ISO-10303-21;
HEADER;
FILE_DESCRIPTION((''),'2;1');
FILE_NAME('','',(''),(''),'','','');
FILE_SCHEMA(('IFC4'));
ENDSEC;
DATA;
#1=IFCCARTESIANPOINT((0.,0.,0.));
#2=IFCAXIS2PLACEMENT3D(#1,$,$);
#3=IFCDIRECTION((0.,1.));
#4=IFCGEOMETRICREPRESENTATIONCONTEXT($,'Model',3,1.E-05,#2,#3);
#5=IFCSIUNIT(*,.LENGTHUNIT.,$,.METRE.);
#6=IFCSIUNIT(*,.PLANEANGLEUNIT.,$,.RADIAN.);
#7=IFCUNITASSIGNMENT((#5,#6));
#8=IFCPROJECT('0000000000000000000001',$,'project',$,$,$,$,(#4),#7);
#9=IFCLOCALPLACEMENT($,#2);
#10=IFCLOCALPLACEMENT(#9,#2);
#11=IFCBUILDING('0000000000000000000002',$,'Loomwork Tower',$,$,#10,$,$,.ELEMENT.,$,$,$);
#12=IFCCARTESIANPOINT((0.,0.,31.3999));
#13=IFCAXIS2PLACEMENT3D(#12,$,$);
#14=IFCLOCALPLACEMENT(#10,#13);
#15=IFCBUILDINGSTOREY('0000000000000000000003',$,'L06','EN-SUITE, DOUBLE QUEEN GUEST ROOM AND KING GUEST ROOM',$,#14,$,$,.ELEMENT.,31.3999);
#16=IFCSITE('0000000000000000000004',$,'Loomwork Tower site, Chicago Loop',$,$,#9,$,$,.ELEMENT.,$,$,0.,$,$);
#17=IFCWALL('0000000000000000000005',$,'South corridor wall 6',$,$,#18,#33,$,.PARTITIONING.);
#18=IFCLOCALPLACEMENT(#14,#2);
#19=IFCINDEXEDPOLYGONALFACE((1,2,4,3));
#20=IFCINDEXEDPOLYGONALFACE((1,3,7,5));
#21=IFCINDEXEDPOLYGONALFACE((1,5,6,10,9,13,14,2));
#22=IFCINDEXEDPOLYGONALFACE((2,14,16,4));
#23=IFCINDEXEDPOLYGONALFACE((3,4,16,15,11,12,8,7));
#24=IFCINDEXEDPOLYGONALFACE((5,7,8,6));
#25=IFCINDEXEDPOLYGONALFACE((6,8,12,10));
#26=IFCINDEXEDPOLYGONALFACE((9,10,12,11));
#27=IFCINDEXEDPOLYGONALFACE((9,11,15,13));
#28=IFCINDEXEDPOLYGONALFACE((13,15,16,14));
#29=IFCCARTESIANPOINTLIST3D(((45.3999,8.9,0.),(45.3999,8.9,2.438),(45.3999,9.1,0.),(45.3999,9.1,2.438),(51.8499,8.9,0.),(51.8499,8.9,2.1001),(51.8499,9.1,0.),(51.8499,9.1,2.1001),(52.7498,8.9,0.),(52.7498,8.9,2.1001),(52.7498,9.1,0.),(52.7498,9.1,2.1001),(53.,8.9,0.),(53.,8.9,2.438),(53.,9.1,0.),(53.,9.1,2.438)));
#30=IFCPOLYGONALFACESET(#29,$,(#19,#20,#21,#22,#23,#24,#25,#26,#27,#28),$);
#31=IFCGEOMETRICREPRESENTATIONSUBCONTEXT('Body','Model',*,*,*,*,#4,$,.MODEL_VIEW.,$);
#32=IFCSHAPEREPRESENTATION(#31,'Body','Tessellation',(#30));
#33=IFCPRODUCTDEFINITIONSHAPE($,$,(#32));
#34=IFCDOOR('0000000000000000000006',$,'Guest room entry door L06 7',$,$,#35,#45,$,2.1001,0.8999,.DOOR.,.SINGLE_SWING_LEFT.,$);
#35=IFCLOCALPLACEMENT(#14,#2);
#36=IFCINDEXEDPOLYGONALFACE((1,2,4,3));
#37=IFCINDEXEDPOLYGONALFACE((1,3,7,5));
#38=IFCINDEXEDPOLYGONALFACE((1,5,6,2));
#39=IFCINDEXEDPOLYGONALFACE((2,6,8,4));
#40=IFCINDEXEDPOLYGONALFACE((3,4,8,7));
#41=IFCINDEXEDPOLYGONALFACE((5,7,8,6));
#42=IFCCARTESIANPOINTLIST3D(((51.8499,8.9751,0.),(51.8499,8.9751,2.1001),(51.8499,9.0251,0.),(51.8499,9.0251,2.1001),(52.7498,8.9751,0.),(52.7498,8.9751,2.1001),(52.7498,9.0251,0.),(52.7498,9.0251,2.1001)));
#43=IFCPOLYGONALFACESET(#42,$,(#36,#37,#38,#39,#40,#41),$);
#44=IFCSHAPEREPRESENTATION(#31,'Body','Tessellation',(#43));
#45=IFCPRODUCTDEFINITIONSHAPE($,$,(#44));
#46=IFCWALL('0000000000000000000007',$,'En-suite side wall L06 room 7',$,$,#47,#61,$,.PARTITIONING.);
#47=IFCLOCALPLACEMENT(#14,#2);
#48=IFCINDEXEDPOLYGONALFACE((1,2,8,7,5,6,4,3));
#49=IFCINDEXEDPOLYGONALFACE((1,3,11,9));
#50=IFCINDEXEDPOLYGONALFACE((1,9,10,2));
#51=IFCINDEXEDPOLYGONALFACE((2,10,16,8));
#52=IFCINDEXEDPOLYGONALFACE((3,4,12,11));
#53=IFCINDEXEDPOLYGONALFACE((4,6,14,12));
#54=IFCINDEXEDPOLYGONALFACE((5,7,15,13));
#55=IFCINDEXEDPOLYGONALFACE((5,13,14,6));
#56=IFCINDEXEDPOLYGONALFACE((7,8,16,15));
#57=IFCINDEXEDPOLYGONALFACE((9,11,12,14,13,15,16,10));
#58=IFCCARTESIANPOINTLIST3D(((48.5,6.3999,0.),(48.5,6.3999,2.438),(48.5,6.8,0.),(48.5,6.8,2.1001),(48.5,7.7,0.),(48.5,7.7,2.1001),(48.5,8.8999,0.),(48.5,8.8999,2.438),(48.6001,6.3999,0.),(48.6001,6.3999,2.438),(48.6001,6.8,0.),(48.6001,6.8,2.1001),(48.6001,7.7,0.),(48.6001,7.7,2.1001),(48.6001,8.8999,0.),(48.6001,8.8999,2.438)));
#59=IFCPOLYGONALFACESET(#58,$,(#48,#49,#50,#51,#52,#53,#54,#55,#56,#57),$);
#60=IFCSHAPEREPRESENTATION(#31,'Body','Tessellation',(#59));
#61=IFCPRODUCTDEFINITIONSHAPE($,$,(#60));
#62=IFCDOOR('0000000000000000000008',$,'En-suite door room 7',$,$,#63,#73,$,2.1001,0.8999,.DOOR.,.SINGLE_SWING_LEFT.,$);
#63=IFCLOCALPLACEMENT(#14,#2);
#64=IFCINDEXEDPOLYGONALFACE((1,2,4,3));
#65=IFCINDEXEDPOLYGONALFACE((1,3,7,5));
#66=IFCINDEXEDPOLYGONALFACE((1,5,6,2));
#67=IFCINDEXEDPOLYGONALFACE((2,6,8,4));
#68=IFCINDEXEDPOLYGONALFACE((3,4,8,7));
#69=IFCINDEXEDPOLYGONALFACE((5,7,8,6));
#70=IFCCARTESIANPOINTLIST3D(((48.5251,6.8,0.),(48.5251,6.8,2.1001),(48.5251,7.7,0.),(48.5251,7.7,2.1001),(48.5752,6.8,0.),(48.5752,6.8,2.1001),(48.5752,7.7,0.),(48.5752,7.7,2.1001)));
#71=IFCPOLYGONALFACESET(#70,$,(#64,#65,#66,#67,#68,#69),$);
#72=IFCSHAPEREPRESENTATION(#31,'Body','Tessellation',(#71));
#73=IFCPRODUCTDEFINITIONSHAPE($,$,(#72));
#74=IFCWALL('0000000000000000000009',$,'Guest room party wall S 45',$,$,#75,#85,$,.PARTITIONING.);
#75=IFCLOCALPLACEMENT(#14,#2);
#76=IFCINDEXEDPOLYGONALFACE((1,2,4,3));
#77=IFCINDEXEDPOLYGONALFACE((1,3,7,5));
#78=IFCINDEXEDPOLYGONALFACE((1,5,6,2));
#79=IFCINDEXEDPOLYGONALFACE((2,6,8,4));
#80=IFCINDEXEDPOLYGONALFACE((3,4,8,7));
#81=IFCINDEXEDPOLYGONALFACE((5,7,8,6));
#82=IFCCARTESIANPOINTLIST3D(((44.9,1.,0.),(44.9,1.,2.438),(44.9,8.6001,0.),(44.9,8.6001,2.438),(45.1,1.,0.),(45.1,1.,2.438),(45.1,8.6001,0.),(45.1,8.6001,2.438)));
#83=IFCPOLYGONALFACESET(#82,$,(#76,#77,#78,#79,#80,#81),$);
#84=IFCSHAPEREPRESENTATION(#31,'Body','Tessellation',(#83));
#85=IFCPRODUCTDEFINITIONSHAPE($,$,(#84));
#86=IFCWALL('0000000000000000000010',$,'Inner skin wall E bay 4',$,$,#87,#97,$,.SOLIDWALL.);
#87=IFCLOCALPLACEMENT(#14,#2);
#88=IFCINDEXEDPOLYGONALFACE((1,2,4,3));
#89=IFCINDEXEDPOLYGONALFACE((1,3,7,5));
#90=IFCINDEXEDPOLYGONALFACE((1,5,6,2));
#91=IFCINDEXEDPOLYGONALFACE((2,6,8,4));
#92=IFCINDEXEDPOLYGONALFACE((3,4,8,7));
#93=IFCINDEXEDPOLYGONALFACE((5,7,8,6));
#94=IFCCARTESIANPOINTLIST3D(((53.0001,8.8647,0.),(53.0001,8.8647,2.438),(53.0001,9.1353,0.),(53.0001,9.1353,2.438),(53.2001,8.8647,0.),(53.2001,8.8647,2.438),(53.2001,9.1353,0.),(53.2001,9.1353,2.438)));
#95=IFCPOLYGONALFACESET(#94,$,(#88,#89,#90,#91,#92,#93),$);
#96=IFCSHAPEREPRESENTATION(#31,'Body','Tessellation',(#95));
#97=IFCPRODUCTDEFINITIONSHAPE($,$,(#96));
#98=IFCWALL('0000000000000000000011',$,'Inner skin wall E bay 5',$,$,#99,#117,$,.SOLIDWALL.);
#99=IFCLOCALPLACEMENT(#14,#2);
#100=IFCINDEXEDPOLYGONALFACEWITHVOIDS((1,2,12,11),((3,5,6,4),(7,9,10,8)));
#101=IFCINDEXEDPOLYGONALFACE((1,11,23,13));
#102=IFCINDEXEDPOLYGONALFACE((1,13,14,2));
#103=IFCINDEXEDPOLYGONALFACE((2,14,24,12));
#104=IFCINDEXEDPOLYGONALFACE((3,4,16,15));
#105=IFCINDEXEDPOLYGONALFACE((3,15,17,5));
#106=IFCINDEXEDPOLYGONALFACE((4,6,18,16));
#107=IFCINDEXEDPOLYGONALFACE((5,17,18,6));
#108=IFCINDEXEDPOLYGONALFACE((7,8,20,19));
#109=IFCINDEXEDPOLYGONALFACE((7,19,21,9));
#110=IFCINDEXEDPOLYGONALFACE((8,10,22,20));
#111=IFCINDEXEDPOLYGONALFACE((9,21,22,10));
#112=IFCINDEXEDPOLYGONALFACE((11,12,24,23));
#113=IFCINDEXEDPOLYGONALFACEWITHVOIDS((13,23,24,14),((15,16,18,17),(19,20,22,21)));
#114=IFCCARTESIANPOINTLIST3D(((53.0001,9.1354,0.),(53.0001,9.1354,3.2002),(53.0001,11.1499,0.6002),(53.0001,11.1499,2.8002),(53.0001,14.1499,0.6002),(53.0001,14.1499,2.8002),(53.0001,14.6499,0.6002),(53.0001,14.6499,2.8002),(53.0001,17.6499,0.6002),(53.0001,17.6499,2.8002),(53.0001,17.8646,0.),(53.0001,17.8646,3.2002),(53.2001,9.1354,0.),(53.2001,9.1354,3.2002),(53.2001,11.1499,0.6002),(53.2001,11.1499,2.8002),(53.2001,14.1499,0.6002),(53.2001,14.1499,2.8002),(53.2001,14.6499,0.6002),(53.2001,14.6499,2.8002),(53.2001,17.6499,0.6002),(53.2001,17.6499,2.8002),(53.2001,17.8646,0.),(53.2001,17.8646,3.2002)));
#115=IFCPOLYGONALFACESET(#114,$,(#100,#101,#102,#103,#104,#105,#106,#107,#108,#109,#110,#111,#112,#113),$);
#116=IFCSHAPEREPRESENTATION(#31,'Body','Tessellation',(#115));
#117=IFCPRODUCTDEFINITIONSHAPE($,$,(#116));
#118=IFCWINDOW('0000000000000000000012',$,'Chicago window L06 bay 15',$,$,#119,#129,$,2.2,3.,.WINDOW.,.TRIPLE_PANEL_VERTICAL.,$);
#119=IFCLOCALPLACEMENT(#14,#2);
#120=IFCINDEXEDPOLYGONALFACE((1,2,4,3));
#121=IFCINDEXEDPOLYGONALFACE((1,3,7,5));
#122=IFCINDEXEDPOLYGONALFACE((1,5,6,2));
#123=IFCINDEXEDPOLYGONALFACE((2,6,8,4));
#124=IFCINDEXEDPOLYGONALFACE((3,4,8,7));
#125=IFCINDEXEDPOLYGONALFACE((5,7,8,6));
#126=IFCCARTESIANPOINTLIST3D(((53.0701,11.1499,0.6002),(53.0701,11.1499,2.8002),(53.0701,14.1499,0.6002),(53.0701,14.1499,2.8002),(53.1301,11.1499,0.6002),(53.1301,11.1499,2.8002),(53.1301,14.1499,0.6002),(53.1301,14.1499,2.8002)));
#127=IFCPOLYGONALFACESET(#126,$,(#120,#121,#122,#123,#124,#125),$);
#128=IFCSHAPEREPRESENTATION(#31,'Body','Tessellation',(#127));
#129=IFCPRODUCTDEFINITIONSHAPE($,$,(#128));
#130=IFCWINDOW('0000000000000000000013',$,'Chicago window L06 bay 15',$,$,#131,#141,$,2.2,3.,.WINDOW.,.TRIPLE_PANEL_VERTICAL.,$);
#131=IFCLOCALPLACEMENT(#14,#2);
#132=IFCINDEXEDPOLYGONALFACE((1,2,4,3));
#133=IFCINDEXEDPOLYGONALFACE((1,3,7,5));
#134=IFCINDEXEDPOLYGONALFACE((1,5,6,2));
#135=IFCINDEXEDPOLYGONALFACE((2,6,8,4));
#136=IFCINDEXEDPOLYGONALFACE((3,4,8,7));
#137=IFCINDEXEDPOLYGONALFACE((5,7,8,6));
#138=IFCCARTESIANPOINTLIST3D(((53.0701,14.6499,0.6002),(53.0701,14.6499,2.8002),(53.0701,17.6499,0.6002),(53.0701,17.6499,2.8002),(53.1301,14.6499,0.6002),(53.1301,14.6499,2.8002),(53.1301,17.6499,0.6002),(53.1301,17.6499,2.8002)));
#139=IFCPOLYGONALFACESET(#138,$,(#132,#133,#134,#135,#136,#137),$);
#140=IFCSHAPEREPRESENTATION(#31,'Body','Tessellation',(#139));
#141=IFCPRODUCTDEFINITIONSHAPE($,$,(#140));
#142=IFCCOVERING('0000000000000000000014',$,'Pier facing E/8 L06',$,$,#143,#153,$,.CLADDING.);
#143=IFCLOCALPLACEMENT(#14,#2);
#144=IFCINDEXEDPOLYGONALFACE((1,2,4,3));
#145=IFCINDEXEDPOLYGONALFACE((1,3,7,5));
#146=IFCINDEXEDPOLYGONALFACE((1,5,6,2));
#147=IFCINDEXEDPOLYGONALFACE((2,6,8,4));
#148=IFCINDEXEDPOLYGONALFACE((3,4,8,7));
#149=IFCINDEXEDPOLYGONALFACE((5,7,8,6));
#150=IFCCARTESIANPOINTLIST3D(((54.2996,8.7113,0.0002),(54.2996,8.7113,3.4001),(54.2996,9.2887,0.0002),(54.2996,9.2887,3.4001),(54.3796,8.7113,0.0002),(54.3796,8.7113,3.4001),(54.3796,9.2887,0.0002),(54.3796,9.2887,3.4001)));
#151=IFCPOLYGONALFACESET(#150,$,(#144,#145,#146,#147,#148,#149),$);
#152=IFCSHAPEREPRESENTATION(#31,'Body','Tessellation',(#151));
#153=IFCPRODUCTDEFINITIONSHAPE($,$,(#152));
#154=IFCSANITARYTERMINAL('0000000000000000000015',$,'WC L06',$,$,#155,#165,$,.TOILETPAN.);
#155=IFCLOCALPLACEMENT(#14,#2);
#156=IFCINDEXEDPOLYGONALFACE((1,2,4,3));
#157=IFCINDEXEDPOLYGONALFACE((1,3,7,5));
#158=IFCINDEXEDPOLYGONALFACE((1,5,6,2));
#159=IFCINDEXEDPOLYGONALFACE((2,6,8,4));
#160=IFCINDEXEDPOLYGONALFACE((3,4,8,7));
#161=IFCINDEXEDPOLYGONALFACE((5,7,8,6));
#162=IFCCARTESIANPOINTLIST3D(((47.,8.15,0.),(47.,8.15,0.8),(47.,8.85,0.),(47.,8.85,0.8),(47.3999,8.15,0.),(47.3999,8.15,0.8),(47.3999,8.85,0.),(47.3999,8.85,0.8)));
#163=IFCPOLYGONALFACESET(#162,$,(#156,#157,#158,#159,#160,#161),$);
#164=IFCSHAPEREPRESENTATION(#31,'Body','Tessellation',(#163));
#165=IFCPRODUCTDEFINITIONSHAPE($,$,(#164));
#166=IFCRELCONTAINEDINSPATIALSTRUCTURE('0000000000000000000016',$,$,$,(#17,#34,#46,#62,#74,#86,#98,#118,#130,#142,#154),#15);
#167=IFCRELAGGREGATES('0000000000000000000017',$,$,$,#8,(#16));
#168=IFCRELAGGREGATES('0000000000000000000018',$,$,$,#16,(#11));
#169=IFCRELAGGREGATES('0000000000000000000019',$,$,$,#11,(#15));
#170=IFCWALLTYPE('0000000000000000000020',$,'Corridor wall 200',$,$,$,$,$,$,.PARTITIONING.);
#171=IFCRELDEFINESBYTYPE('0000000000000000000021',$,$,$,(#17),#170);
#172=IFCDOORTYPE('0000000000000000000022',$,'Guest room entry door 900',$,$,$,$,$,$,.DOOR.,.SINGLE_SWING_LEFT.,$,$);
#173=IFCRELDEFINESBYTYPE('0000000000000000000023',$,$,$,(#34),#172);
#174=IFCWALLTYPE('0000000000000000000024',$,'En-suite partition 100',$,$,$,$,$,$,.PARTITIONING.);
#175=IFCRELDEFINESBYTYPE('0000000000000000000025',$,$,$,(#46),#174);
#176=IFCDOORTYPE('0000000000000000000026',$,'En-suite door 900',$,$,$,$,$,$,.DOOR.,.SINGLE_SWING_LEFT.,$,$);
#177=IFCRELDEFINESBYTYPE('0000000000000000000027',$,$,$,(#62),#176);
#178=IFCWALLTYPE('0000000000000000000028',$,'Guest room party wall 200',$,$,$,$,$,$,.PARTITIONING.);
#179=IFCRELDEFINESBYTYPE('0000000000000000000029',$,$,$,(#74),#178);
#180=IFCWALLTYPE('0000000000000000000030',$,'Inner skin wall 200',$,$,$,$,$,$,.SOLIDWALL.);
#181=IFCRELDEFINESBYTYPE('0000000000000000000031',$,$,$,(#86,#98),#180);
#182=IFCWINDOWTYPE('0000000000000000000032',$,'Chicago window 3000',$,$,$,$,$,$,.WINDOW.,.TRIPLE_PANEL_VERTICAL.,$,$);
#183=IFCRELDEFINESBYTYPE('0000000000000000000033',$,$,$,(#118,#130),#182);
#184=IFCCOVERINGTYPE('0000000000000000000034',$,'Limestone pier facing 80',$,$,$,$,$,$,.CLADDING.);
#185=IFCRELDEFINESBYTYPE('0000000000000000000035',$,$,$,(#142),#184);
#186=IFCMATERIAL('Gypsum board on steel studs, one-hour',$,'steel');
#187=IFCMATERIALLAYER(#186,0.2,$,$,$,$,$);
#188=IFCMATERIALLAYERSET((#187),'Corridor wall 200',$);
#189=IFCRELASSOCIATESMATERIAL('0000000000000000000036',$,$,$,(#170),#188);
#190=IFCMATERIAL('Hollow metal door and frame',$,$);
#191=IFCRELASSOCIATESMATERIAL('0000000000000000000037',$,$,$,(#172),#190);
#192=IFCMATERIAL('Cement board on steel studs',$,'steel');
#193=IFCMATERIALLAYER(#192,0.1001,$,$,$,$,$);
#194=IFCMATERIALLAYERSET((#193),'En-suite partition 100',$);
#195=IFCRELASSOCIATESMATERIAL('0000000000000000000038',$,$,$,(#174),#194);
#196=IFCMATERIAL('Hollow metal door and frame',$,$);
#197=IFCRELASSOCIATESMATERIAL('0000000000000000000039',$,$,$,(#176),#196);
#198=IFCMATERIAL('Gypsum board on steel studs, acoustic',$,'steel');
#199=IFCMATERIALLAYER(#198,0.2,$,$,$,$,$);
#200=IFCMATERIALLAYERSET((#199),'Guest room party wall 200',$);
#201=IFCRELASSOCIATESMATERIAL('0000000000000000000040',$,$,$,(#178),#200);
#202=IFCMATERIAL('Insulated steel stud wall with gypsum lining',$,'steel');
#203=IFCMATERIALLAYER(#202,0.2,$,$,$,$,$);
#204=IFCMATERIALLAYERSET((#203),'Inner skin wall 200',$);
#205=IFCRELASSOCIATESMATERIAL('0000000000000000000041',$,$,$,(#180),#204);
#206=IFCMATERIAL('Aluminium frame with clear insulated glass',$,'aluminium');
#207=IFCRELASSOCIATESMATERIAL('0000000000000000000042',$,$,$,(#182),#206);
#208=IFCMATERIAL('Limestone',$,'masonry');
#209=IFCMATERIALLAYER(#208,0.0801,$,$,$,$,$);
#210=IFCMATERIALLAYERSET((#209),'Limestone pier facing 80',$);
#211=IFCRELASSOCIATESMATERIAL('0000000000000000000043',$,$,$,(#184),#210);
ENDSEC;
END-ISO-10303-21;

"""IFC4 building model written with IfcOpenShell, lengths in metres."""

from ifc_helpers import new_model, si_unit, direction, frame, frame_2d, origin, origin_2d, place, context, subcontext, project, spatial, rectangle, extrude, material, layer, layer_set, type_object, element, fill, save


model = new_model("IFC4")

# Units and contexts
model_context = context("Model", 3, precision=1e-05, world=origin(), true_north=direction((0.0, 1.0)))
body_context = subcontext(model_context, "Body", "Model", "MODEL_VIEW")
ifc_project = project(units=[si_unit("LENGTHUNIT", "METRE"), si_unit("PLANEANGLEUNIT", "RADIAN")], contexts=[model_context])

# Site, building, storey
site_placement = place(None, origin())
site = spatial("IfcSite", under=ifc_project, at=site_placement, Name="Loomwork Tower site, Chicago Loop", CompositionType="ELEMENT", RefElevation=0.0)
building_placement = place(site_placement, origin())
building = spatial("IfcBuilding", under=site, at=building_placement, Name="Loomwork Tower", CompositionType="ELEMENT")
storey_placement = place(building_placement, frame((0.0, 0.0, 31.3999)))
storey = spatial("IfcBuildingStorey", under=building, at=storey_placement, Name="L06", Description="EN-SUITE, DOUBLE QUEEN GUEST ROOM AND KING GUEST ROOM", CompositionType="ELEMENT", Elevation=31.3999)

# Walls, openings, doors
ifc_material_1 = material(Name="Gypsum board on steel studs, one-hour", Category="steel")
ifc_layer_1 = layer(ifc_material_1, 0.2)
ifc_layer_set_1 = layer_set([ifc_layer_1], Name="Corridor wall 200")
wall_type_1 = type_object("IfcWallType", Name="Corridor wall 200", PredefinedType="PARTITIONING", material=ifc_layer_set_1)
wall_1_placement = place(storey_placement, frame((45.3999, 9.0, 0.0), z_axis=(0.0, 0.0, 1.0), x_axis=(1.0, 0.0, 0.0)))
wall_1 = element("IfcWall", 1, at=wall_1_placement, inside=storey, type_object=wall_type_1, Name="South corridor wall 6", PredefinedType="PARTITIONING", context=body_context, shape_type="SweptSolid", body=[
    extrude(rectangle(XDim=7.6001, YDim=0.2, at=frame_2d((3.8, 0.0))), origin(), (0.0, 0.0, 1.0), 2.438),
])
opening_1_placement = place(wall_1_placement, frame((6.45, 0.0, 0.0)))
opening_1 = element("IfcOpeningElement", 2, at=opening_1_placement, cuts=wall_1, PredefinedType="OPENING", context=body_context, shape_type="SweptSolid", body=[
    extrude(rectangle(XDim=0.8999, YDim=2.1001, at=frame_2d((0.45, 1.05))), frame((0.0, 0.1099, 0.0), z_axis=(0.0, -1.0, 0.0), x_axis=(1.0, 0.0, 0.0)), (0.0, 0.0, 1.0), 0.22),
])
ifc_material_2 = material(Name="Hollow metal door and frame")
door_type_1 = type_object("IfcDoorType", Name="Guest room entry door 900", OperationType="SINGLE_SWING_LEFT", PredefinedType="DOOR", material=ifc_material_2)
door_1_placement = place(opening_1_placement, frame((0.8999, 0.0, 0.0), z_axis=(0.0, 0.0, 1.0), x_axis=(-1.0, 0.0, 0.0)))
door_1 = element("IfcDoor", 3, at=door_1_placement, inside=storey, type_object=door_type_1, Name="Guest room entry door L06 7", OperationType="SINGLE_SWING_LEFT", OverallHeight=2.1001, OverallWidth=0.8999, PredefinedType="DOOR", context=body_context, shape_type="SweptSolid", body=[
    extrude(rectangle(XDim=0.8999, YDim=2.1001, at=frame_2d((0.45, 1.05))), frame((0.0, 0.0249, 0.0), z_axis=(0.0, -1.0, 0.0), x_axis=(1.0, 0.0, 0.0)), (0.0, 0.0, 1.0), 0.05),
])
fill(opening_1, door_1)
ifc_material_3 = material(Name="Cement board on steel studs", Category="steel")
ifc_layer_2 = layer(ifc_material_3, 0.1001)
ifc_layer_set_2 = layer_set([ifc_layer_2], Name="En-suite partition 100")
wall_type_2 = type_object("IfcWallType", Name="En-suite partition 100", PredefinedType="PARTITIONING", material=ifc_layer_set_2)
wall_2_placement = place(storey_placement, frame((48.55, 8.8999, 0.0), z_axis=(0.0, 0.0, 1.0), x_axis=(0.0, -1.0, 0.0)))
wall_2 = element("IfcWall", 4, at=wall_2_placement, inside=storey, type_object=wall_type_2, Name="En-suite side wall L06 room 7", PredefinedType="PARTITIONING", context=body_context, shape_type="SweptSolid", body=[
    extrude(rectangle(XDim=2.5, YDim=0.1001, at=frame_2d((1.25, 0.0))), origin(), (0.0, 0.0, 1.0), 2.438),
])
opening_2_placement = place(wall_2_placement, frame((1.2, 0.0, 0.0)))
opening_2 = element("IfcOpeningElement", 5, at=opening_2_placement, cuts=wall_2, PredefinedType="OPENING", context=body_context, shape_type="SweptSolid", body=[
    extrude(rectangle(XDim=0.8999, YDim=2.1001, at=frame_2d((0.45, 1.05))), frame((0.0, 0.0601, 0.0), z_axis=(0.0, -1.0, 0.0), x_axis=(1.0, 0.0, 0.0)), (0.0, 0.0, 1.0), 0.1201),
])
ifc_material_4 = material(Name="Hollow metal door and frame")
door_type_2 = type_object("IfcDoorType", Name="En-suite door 900", OperationType="SINGLE_SWING_LEFT", PredefinedType="DOOR", material=ifc_material_4)
door_2_placement = place(opening_2_placement, frame((0.8999, 0.0, 0.0), z_axis=(0.0, 0.0, 1.0), x_axis=(-1.0, 0.0, 0.0)))
door_2 = element("IfcDoor", 6, at=door_2_placement, inside=storey, type_object=door_type_2, Name="En-suite door room 7", OperationType="SINGLE_SWING_LEFT", OverallHeight=2.1001, OverallWidth=0.8999, PredefinedType="DOOR", context=body_context, shape_type="SweptSolid", body=[
    extrude(rectangle(XDim=0.8999, YDim=2.1001, at=frame_2d((0.45, 1.05))), frame((0.0, 0.0249, 0.0), z_axis=(0.0, -1.0, 0.0), x_axis=(1.0, 0.0, 0.0)), (0.0, 0.0, 1.0), 0.05),
])
fill(opening_2, door_2)

# Walls
ifc_material_5 = material(Name="Gypsum board on steel studs, acoustic", Category="steel")
ifc_layer_3 = layer(ifc_material_5, 0.2)
ifc_layer_set_3 = layer_set([ifc_layer_3], Name="Guest room party wall 200")
wall_type_3 = type_object("IfcWallType", Name="Guest room party wall 200", PredefinedType="PARTITIONING", material=ifc_layer_set_3)
wall_3_placement = place(storey_placement, frame((45.0, 8.6001, 0.0), z_axis=(0.0, 0.0, 1.0), x_axis=(0.0, -1.0, 0.0)))
element("IfcWall", 7, at=wall_3_placement, inside=storey, type_object=wall_type_3, Name="Guest room party wall S 45", PredefinedType="PARTITIONING", context=body_context, shape_type="SweptSolid", body=[
    extrude(rectangle(XDim=7.6001, YDim=0.2, at=frame_2d((3.8, 0.0))), origin(), (0.0, 0.0, 1.0), 2.438),
])
ifc_material_6 = material(Name="Insulated steel stud wall with gypsum lining", Category="steel")
ifc_layer_4 = layer(ifc_material_6, 0.2)
ifc_layer_set_4 = layer_set([ifc_layer_4], Name="Inner skin wall 200")
wall_type_4 = type_object("IfcWallType", Name="Inner skin wall 200", PredefinedType="SOLIDWALL", material=ifc_layer_set_4)
wall_4_placement = place(storey_placement, frame((53.1001, 8.8647, 0.0), z_axis=(0.0, 0.0, 1.0), x_axis=(0.0, 1.0, 0.0)))
element("IfcWall", 8, at=wall_4_placement, inside=storey, type_object=wall_type_4, Name="Inner skin wall E bay 4", PredefinedType="SOLIDWALL", context=body_context, shape_type="SweptSolid", body=[
    extrude(rectangle(XDim=0.2705, YDim=0.2, at=frame_2d((0.1353, 0.0))), origin(), (0.0, 0.0, 1.0), 2.438),
])

# Wall, openings, windows
wall_5_placement = place(storey_placement, frame((53.1001, 9.1353, 0.0), z_axis=(0.0, 0.0, 1.0), x_axis=(0.0, 1.0, 0.0)))
wall_5 = element("IfcWall", 9, at=wall_5_placement, inside=storey, type_object=wall_type_4, Name="Inner skin wall E bay 5", PredefinedType="SOLIDWALL", context=body_context, shape_type="SweptSolid", body=[
    extrude(rectangle(XDim=8.7292, YDim=0.2, at=frame_2d((4.3647, 0.0))), origin(), (0.0, 0.0, 1.0), 3.2002),
])
opening_3_placement = place(wall_5_placement, frame((2.0146, 0.0, 0.6001)))
opening_3 = element("IfcOpeningElement", 10, at=opening_3_placement, cuts=wall_5, PredefinedType="OPENING", context=body_context, shape_type="SweptSolid", body=[
    extrude(rectangle(XDim=3.0, YDim=2.2, at=frame_2d((1.5, 1.1001))), frame((0.0, 0.1099, 0.0), z_axis=(0.0, -1.0, 0.0), x_axis=(1.0, 0.0, 0.0)), (0.0, 0.0, 1.0), 0.22),
])
opening_4_placement = place(wall_5_placement, frame((5.5146, 0.0, 0.6001)))
opening_4 = element("IfcOpeningElement", 11, at=opening_4_placement, cuts=wall_5, PredefinedType="OPENING", context=body_context, shape_type="SweptSolid", body=[
    extrude(rectangle(XDim=3.0, YDim=2.2, at=frame_2d((1.5, 1.1001))), frame((0.0, 0.1099, 0.0), z_axis=(0.0, -1.0, 0.0), x_axis=(1.0, 0.0, 0.0)), (0.0, 0.0, 1.0), 0.22),
])
ifc_material_7 = material(Name="Aluminium frame with clear insulated glass", Category="aluminium")
window_type = type_object("IfcWindowType", Name="Chicago window 3000", PartitioningType="TRIPLE_PANEL_VERTICAL", PredefinedType="WINDOW", material=ifc_material_7)
window_1_placement = place(opening_3_placement, origin())
window_1 = element("IfcWindow", 12, at=window_1_placement, inside=storey, type_object=window_type, Name="Chicago window L06 bay 15", OverallHeight=2.2, OverallWidth=3.0, PartitioningType="TRIPLE_PANEL_VERTICAL", PredefinedType="WINDOW", context=body_context, shape_type="SweptSolid", body=[
    extrude(rectangle(XDim=3.0, YDim=2.2, at=frame_2d((1.5, 1.1001))), frame((0.0, 0.03, 0.0), z_axis=(0.0, -1.0, 0.0), x_axis=(1.0, 0.0, 0.0)), (0.0, 0.0, 1.0), 0.0601),
])
fill(opening_3, window_1)
window_2_placement = place(opening_4_placement, origin())
window_2 = element("IfcWindow", 13, at=window_2_placement, inside=storey, type_object=window_type, Name="Chicago window L06 bay 15", OverallHeight=2.2, OverallWidth=3.0, PartitioningType="TRIPLE_PANEL_VERTICAL", PredefinedType="WINDOW", context=body_context, shape_type="SweptSolid", body=[
    extrude(rectangle(XDim=3.0, YDim=2.2, at=frame_2d((1.5, 1.1001))), frame((0.0, 0.03, 0.0), z_axis=(0.0, -1.0, 0.0), x_axis=(1.0, 0.0, 0.0)), (0.0, 0.0, 1.0), 0.0601),
])
fill(opening_4, window_2)

# Covering
ifc_material_8 = material(Name="Limestone", Category="masonry")
ifc_layer_5 = layer(ifc_material_8, 0.0801)
ifc_layer_set_5 = layer_set([ifc_layer_5], Name="Limestone pier facing 80")
covering_type = type_object("IfcCoveringType", Name="Limestone pier facing 80", PredefinedType="CLADDING", material=ifc_layer_set_5)
covering_placement = place(storey_placement, frame((54.3396, 9.0, 0.0002), z_axis=(0.0, 0.0, 1.0), x_axis=(1.0, 0.0, 0.0)))
element("IfcCovering", 14, at=covering_placement, inside=storey, type_object=covering_type, Name="Pier facing E/8 L06", PredefinedType="CLADDING", context=body_context, shape_type="SweptSolid", body=[
    extrude(rectangle(XDim=0.0801, YDim=0.5774, at=origin_2d()), origin(), (0.0, 0.0, 1.0), 3.3999),
])

# Sanitary terminal
sanitary_terminal_1_placement = place(storey_placement, frame((47.2, 8.5, 0.0), z_axis=(0.0, 0.0, 1.0), x_axis=(1.0, 0.0, 0.0)))
element("IfcSanitaryTerminal", 15, at=sanitary_terminal_1_placement, inside=storey, Name="WC L06", PredefinedType="TOILETPAN", context=body_context, shape_type="SweptSolid", body=[
    extrude(rectangle(XDim=0.3999, YDim=0.7, at=origin_2d()), origin(), (0.0, 0.0, 1.0), 0.8),
])

save(model, "model.ifc")
